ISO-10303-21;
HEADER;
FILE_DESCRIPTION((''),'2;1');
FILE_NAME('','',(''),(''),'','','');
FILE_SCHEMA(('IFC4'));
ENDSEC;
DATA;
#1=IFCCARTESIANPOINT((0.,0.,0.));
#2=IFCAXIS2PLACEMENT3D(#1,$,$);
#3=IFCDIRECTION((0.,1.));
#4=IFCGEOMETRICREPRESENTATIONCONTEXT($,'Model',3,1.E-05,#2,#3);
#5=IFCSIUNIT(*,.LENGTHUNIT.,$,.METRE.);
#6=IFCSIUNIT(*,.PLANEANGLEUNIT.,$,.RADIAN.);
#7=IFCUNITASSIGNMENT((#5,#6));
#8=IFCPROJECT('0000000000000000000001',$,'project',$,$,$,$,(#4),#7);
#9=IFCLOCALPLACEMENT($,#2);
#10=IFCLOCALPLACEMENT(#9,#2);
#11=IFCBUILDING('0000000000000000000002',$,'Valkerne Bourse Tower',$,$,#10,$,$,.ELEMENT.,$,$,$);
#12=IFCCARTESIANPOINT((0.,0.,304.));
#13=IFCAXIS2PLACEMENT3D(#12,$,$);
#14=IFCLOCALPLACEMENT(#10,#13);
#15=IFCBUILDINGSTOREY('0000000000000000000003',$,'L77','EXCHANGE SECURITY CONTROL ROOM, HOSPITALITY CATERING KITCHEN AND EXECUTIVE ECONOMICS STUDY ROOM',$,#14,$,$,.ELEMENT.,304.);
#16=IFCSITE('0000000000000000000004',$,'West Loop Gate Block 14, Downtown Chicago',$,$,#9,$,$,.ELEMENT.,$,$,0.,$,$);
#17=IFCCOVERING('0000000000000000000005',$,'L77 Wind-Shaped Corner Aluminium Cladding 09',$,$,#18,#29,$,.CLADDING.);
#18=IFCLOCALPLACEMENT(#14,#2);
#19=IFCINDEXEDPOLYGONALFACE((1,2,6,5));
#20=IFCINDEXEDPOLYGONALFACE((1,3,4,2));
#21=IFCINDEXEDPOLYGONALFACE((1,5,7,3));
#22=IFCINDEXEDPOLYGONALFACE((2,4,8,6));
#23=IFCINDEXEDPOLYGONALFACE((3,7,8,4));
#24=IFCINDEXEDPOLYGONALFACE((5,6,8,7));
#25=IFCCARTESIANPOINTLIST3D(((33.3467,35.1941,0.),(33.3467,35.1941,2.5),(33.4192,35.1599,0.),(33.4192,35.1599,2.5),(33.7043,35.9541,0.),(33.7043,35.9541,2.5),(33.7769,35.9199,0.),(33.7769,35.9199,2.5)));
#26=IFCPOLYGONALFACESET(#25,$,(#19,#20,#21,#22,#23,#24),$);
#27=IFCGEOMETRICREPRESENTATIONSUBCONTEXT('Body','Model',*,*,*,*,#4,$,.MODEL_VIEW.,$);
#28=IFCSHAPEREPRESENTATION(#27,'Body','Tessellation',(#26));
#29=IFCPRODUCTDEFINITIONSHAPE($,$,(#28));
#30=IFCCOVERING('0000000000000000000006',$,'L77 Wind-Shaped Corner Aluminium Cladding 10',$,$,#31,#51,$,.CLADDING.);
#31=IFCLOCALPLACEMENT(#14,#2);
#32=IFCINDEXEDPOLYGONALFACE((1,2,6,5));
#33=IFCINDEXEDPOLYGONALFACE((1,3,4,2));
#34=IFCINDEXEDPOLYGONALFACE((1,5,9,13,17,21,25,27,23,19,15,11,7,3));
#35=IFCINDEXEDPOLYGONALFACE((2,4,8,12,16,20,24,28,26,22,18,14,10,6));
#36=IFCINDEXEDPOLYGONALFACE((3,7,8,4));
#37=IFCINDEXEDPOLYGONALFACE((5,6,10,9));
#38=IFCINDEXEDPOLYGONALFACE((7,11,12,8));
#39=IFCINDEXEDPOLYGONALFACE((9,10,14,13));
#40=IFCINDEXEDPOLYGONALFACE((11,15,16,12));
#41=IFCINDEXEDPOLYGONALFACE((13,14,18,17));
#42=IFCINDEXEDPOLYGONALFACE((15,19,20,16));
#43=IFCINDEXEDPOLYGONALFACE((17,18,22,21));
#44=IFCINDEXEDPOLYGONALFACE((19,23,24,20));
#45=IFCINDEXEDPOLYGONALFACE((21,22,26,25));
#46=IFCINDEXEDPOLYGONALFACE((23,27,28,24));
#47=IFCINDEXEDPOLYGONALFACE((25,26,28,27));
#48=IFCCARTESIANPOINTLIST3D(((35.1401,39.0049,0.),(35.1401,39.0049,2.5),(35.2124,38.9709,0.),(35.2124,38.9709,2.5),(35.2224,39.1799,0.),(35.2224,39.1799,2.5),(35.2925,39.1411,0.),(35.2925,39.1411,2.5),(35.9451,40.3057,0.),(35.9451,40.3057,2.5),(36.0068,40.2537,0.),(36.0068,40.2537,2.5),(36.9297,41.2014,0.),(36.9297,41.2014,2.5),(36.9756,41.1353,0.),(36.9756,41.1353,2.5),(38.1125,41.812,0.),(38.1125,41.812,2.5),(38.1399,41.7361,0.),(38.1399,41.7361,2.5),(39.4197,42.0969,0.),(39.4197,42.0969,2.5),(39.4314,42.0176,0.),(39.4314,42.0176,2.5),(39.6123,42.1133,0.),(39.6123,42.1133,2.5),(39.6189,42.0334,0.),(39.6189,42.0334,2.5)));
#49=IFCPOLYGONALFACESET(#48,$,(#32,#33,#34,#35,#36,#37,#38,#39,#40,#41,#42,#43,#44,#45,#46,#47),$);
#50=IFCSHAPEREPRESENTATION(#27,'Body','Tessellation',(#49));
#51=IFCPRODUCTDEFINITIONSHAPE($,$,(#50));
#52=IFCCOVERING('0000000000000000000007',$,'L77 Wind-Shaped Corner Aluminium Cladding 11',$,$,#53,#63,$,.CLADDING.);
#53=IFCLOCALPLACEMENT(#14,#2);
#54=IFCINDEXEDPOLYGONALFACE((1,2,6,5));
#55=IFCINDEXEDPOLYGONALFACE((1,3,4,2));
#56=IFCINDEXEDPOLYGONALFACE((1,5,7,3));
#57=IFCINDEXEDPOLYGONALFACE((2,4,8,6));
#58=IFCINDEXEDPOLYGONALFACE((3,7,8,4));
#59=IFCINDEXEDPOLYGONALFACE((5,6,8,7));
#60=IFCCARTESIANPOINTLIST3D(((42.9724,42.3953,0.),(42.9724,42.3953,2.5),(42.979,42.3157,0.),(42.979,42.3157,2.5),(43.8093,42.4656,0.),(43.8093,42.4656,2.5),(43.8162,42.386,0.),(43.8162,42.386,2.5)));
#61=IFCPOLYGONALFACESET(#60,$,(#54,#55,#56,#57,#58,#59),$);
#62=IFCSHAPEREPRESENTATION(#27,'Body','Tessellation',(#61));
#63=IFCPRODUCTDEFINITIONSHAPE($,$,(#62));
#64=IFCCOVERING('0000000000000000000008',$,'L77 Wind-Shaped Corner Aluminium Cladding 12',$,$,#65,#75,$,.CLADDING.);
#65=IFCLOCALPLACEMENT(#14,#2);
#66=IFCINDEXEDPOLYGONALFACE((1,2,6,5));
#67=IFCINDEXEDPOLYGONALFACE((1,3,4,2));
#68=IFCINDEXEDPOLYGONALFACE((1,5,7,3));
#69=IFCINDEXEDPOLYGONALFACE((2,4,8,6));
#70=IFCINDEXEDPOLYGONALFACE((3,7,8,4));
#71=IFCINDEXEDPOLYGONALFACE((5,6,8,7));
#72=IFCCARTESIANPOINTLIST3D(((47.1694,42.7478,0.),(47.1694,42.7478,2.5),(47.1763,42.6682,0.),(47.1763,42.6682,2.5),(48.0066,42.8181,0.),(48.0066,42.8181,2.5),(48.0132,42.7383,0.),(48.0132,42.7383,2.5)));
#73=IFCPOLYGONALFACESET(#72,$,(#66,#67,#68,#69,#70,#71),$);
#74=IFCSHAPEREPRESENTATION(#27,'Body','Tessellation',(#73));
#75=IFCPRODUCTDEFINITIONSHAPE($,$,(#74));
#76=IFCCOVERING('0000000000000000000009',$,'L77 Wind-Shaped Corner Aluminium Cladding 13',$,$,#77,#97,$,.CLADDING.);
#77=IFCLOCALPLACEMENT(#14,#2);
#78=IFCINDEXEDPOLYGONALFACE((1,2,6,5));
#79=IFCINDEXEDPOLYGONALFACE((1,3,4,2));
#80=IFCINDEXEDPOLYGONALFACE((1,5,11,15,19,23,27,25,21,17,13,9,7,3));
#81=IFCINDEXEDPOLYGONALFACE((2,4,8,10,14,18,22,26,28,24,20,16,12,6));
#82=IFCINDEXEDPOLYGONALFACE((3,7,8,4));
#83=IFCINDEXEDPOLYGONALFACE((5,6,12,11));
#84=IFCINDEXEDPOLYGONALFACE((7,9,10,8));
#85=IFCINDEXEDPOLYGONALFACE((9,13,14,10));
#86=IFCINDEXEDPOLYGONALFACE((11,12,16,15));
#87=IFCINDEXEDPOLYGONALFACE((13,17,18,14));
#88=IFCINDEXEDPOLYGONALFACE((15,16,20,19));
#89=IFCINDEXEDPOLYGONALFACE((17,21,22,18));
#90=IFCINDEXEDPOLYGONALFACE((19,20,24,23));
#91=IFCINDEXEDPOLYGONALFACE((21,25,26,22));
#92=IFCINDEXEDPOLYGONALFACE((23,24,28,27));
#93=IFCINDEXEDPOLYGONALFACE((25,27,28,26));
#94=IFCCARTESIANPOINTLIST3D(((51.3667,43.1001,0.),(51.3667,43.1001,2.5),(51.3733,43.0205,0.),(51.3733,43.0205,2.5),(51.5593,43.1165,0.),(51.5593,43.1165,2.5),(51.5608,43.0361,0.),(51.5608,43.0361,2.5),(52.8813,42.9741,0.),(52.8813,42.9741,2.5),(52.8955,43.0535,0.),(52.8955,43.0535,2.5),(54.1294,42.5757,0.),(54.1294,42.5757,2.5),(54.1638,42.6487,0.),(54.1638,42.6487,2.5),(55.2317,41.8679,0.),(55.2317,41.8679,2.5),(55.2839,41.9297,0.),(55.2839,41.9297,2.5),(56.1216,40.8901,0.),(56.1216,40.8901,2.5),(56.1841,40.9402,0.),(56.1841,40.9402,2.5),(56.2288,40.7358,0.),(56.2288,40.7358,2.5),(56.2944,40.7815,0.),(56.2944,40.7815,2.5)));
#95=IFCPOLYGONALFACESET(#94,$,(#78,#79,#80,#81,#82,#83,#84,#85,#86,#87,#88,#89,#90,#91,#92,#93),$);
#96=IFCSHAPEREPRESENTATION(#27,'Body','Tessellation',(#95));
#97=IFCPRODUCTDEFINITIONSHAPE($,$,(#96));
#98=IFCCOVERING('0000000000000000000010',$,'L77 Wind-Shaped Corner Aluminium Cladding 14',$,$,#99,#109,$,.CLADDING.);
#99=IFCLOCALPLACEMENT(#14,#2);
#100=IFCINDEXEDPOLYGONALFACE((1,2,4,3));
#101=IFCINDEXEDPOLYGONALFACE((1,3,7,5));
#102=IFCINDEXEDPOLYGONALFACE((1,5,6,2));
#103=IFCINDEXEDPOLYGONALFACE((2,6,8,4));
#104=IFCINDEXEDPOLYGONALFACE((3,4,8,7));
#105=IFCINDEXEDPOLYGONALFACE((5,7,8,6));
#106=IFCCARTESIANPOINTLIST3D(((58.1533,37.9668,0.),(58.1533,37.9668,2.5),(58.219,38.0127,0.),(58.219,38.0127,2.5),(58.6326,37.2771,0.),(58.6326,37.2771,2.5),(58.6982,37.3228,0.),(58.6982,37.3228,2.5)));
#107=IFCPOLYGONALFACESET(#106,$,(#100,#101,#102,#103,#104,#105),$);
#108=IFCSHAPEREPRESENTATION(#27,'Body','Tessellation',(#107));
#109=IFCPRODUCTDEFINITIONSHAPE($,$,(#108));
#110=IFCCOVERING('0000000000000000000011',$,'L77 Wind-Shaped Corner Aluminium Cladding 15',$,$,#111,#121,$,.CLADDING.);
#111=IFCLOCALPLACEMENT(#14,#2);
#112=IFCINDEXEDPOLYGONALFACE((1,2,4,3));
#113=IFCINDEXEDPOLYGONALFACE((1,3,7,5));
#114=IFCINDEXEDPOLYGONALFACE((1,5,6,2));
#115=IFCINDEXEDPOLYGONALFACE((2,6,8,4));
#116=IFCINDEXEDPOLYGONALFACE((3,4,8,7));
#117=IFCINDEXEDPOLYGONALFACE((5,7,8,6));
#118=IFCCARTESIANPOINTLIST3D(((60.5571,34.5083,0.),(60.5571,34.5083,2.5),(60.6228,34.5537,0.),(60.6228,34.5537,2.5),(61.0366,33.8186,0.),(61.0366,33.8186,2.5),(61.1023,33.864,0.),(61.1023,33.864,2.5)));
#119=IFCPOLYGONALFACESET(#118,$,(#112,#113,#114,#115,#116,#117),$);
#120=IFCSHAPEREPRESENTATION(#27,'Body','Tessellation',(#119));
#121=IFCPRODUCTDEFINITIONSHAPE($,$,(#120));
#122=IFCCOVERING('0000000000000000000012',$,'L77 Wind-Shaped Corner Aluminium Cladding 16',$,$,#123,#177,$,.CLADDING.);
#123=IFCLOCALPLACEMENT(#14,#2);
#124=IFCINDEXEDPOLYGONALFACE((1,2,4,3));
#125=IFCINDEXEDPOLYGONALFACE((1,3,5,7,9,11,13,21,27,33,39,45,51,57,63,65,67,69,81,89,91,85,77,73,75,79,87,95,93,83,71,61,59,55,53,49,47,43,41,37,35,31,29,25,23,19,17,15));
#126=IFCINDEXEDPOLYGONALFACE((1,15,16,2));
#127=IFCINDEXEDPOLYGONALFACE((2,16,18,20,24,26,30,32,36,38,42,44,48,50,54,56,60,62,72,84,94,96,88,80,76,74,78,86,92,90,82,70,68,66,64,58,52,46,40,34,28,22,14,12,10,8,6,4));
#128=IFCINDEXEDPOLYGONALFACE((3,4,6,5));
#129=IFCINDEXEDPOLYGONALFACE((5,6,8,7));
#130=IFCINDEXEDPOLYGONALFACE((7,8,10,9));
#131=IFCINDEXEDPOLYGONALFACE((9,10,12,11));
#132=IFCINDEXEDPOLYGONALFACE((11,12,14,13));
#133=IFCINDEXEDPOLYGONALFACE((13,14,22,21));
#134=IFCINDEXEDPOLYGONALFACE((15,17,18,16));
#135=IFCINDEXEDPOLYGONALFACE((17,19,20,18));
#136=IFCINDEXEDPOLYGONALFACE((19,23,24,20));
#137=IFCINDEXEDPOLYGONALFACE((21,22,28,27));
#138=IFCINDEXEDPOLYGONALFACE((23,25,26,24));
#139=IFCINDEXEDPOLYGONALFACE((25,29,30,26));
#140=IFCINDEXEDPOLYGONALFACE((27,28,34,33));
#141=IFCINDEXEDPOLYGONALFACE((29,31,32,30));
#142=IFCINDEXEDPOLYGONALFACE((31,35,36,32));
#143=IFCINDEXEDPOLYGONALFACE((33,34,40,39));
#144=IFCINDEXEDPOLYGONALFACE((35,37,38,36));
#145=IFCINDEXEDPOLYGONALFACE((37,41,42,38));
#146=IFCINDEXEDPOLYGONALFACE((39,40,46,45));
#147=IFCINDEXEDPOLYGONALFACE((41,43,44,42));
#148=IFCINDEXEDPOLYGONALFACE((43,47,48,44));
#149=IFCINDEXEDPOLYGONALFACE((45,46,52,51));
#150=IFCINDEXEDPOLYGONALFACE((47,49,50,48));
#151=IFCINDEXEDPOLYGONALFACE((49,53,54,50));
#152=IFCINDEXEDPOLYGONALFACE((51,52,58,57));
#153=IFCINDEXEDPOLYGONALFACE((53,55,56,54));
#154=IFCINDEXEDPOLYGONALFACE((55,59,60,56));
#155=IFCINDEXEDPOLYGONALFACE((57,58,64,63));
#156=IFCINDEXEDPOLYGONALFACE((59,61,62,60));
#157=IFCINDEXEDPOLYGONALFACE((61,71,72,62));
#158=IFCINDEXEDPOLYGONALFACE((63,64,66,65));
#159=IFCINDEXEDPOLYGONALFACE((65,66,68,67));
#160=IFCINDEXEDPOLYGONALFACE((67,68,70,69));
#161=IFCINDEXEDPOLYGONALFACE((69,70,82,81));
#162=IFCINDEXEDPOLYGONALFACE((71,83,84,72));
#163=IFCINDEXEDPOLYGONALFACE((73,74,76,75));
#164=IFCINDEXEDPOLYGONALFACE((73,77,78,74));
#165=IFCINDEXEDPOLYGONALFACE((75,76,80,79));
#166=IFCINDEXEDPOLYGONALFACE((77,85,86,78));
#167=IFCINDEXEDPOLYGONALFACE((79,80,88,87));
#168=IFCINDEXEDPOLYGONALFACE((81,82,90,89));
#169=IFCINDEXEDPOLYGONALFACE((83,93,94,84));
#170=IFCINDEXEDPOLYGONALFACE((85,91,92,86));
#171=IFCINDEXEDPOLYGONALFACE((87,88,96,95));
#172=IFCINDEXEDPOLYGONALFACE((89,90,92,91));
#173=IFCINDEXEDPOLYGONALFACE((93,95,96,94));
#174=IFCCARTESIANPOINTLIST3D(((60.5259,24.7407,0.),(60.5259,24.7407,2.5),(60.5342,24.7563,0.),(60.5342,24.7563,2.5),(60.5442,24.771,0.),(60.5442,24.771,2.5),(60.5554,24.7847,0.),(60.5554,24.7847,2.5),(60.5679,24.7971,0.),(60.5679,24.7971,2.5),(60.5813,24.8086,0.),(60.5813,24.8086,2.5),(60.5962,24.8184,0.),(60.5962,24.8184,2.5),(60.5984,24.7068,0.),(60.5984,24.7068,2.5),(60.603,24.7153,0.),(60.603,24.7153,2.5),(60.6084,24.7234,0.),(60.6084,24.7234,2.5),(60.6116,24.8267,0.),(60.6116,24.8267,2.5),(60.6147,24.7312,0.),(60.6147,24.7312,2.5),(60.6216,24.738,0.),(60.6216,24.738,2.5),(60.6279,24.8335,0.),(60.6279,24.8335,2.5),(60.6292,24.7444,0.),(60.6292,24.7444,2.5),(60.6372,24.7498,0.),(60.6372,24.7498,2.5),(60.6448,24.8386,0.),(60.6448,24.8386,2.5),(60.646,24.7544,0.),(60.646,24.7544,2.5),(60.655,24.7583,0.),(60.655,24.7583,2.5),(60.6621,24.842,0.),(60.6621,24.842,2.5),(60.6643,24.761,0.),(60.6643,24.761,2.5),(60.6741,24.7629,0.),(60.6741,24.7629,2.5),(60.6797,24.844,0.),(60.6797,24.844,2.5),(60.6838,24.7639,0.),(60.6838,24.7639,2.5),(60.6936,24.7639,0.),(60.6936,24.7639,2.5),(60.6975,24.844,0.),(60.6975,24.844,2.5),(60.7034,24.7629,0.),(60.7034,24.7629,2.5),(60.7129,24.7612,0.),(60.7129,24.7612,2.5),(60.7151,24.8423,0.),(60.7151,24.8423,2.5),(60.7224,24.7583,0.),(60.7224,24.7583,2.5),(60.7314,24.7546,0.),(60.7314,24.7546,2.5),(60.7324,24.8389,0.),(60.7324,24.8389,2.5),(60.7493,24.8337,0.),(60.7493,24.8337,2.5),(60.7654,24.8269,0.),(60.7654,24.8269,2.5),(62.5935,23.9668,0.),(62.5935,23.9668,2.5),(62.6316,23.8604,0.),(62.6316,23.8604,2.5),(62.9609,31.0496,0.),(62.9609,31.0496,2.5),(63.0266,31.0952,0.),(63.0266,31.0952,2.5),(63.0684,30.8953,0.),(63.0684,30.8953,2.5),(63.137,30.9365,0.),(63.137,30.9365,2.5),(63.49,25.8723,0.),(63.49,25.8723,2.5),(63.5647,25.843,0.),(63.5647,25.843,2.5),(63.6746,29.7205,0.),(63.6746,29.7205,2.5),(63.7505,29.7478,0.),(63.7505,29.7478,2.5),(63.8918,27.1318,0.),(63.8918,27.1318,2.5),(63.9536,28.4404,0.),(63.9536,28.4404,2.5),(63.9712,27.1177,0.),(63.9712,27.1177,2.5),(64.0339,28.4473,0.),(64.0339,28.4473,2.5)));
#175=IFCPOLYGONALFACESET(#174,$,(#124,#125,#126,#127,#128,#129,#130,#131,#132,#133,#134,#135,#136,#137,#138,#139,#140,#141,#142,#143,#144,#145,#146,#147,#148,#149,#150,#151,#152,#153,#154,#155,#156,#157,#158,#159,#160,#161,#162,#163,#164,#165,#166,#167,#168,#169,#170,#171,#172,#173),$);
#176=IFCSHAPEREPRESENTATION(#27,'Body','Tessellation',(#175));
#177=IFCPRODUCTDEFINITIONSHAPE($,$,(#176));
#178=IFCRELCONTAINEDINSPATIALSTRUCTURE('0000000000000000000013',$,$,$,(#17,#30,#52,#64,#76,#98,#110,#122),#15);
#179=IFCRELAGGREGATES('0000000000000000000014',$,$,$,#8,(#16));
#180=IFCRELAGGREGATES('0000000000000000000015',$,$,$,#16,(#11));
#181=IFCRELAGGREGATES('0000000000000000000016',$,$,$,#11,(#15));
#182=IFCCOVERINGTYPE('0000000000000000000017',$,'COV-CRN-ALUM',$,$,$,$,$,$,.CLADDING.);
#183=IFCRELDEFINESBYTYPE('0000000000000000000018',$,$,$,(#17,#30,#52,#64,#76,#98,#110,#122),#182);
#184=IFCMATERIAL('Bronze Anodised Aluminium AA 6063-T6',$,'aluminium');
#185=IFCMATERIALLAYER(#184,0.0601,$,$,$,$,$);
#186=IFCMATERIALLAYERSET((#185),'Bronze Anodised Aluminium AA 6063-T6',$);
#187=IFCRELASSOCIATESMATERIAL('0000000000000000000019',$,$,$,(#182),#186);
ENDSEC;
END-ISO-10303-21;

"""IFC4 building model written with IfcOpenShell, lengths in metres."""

from ifc_helpers import new_model, si_unit, direction, frame, origin, place, context, subcontext, project, spatial, polyline, outline, extrude, material, layer, layer_set, type_object, element, save


model = new_model("IFC4")

# Units and contexts
model_context = context("Model", 3, precision=1e-05, world=origin(), true_north=direction((0.0, 1.0)))
body_context = subcontext(model_context, "Body", "Model", "MODEL_VIEW")
ifc_project = project(units=[si_unit("LENGTHUNIT", "METRE"), si_unit("PLANEANGLEUNIT", "RADIAN")], contexts=[model_context])

# Site, building, storey
site_placement = place(None, origin())
site = spatial("IfcSite", under=ifc_project, at=site_placement, Name="West Loop Gate Block 14, Downtown Chicago", CompositionType="ELEMENT", RefElevation=0.0)
building_placement = place(site_placement, origin())
building = spatial("IfcBuilding", under=site, at=building_placement, Name="Valkerne Bourse Tower", CompositionType="ELEMENT")
storey_placement = place(building_placement, frame((0.0, 0.0, 304.0)))
storey = spatial("IfcBuildingStorey", under=building, at=storey_placement, Name="L77", Description="EXCHANGE SECURITY CONTROL ROOM, HOSPITALITY CATERING KITCHEN AND EXECUTIVE ECONOMICS STUDY ROOM", CompositionType="ELEMENT", Elevation=304.0)

# Coverings
ifc_material_1 = material(Name="Bronze Anodised Aluminium AA 6063-T6", Category="aluminium")
ifc_layer_1 = layer(ifc_material_1, 0.0601)
ifc_layer_set_1 = layer_set([ifc_layer_1], Name="Bronze Anodised Aluminium AA 6063-T6")
covering_type_1 = type_object("IfcCoveringType", Name="COV-CRN-ALUM", PredefinedType="CLADDING", material=ifc_layer_set_1)
covering_1_placement = place(storey_placement, origin())
element("IfcCovering", 1, at=covering_1_placement, inside=storey, type_object=covering_type_1, Name="L77 Wind-Shaped Corner Aluminium Cladding 09", PredefinedType="CLADDING", context=body_context, shape_type="SweptSolid", body=[
    extrude(outline(polyline([(33.7043, 35.9541), (33.7769, 35.9199), (33.4192, 35.1599), (33.3467, 35.1941), (33.7043, 35.9541)])), origin(), (0.0, 0.0, 1.0), 2.5),
])
covering_2_placement = place(storey_placement, origin())
element("IfcCovering", 2, at=covering_2_placement, inside=storey, type_object=covering_type_1, Name="L77 Wind-Shaped Corner Aluminium Cladding 10", PredefinedType="CLADDING", context=body_context, shape_type="SweptSolid", body=[
    extrude(outline(polyline([(35.2224, 39.1799), (35.9451, 40.3057), (36.9297, 41.2014), (38.1125, 41.812), (39.4197, 42.0969), (39.6123, 42.1133), (39.6189, 42.0334), (39.4314, 42.0176), (38.1399, 41.7361), (36.9756, 41.1353), (36.0068, 40.2537), (35.2925, 39.1411), (35.2124, 38.9709), (35.1401, 39.0049), (35.2224, 39.1799)])), origin(), (0.0, 0.0, 1.0), 2.5),
])
covering_3_placement = place(storey_placement, origin())
element("IfcCovering", 3, at=covering_3_placement, inside=storey, type_object=covering_type_1, Name="L77 Wind-Shaped Corner Aluminium Cladding 11", PredefinedType="CLADDING", context=body_context, shape_type="SweptSolid", body=[
    extrude(outline(polyline([(43.8093, 42.4656), (43.8162, 42.386), (42.979, 42.3157), (42.9724, 42.3953), (43.8093, 42.4656)])), origin(), (0.0, 0.0, 1.0), 2.5),
])
covering_4_placement = place(storey_placement, origin())
element("IfcCovering", 4, at=covering_4_placement, inside=storey, type_object=covering_type_1, Name="L77 Wind-Shaped Corner Aluminium Cladding 12", PredefinedType="CLADDING", context=body_context, shape_type="SweptSolid", body=[
    extrude(outline(polyline([(48.0066, 42.8181), (48.0132, 42.7383), (47.1763, 42.6682), (47.1694, 42.7478), (48.0066, 42.8181)])), origin(), (0.0, 0.0, 1.0), 2.5),
])
covering_5_placement = place(storey_placement, origin())
element("IfcCovering", 5, at=covering_5_placement, inside=storey, type_object=covering_type_1, Name="L77 Wind-Shaped Corner Aluminium Cladding 13", PredefinedType="CLADDING", context=body_context, shape_type="SweptSolid", body=[
    extrude(outline(polyline([(51.5593, 43.1165), (52.8955, 43.0535), (54.1638, 42.6487), (55.2839, 41.9297), (56.1841, 40.9402), (56.2944, 40.7815), (56.2288, 40.7358), (56.1216, 40.8901), (55.2317, 41.8679), (54.1294, 42.5757), (52.8813, 42.9741), (51.5608, 43.0361), (51.3733, 43.0205), (51.3667, 43.1001), (51.5593, 43.1165)])), origin(), (0.0, 0.0, 1.0), 2.5),
])
covering_6_placement = place(storey_placement, origin())
element("IfcCovering", 6, at=covering_6_placement, inside=storey, type_object=covering_type_1, Name="L77 Wind-Shaped Corner Aluminium Cladding 14", PredefinedType="CLADDING", context=body_context, shape_type="SweptSolid", body=[
    extrude(outline(polyline([(58.6982, 37.3228), (58.6326, 37.2771), (58.1533, 37.9668), (58.219, 38.0127), (58.6982, 37.3228)])), origin(), (0.0, 0.0, 1.0), 2.5),
])
covering_7_placement = place(storey_placement, origin())
element("IfcCovering", 7, at=covering_7_placement, inside=storey, type_object=covering_type_1, Name="L77 Wind-Shaped Corner Aluminium Cladding 15", PredefinedType="CLADDING", context=body_context, shape_type="SweptSolid", body=[
    extrude(outline(polyline([(61.1023, 33.864), (61.0366, 33.8186), (60.5571, 34.5083), (60.6228, 34.5537), (61.1023, 33.864)])), origin(), (0.0, 0.0, 1.0), 2.5),
])
covering_8_placement = place(storey_placement, origin())
element("IfcCovering", 8, at=covering_8_placement, inside=storey, type_object=covering_type_1, Name="L77 Wind-Shaped Corner Aluminium Cladding 16", PredefinedType="CLADDING", context=body_context, shape_type="SweptSolid", body=[
    extrude(outline(polyline([(63.137, 30.9365), (63.7505, 29.7478), (64.0339, 28.4473), (63.9712, 27.1177), (63.5647, 25.843), (62.6316, 23.8604), (60.7314, 24.7546), (60.7224, 24.7583), (60.7129, 24.7612), (60.7034, 24.7629), (60.6936, 24.7639), (60.6838, 24.7639), (60.6741, 24.7629), (60.6643, 24.761), (60.655, 24.7583), (60.646, 24.7544), (60.6372, 24.7498), (60.6292, 24.7444), (60.6216, 24.738), (60.6147, 24.7312), (60.6084, 24.7234), (60.603, 24.7153), (60.5984, 24.7068), (60.5259, 24.7407), (60.5342, 24.7563), (60.5442, 24.771), (60.5554, 24.7847), (60.5679, 24.7971), (60.5813, 24.8086), (60.5962, 24.8184), (60.6116, 24.8267), (60.6279, 24.8335), (60.6448, 24.8386), (60.6621, 24.842), (60.6797, 24.844), (60.6975, 24.844), (60.7151, 24.8423), (60.7324, 24.8389), (60.7493, 24.8337), (60.7654, 24.8269), (62.5935, 23.9668), (63.49, 25.8723), (63.8918, 27.1318), (63.9536, 28.4404), (63.6746, 29.7205), (63.0684, 30.8953), (62.9609, 31.0496), (63.0266, 31.0952), (63.137, 30.9365)])), origin(), (0.0, 0.0, 1.0), 2.5),
])

save(model, "model.ifc")
